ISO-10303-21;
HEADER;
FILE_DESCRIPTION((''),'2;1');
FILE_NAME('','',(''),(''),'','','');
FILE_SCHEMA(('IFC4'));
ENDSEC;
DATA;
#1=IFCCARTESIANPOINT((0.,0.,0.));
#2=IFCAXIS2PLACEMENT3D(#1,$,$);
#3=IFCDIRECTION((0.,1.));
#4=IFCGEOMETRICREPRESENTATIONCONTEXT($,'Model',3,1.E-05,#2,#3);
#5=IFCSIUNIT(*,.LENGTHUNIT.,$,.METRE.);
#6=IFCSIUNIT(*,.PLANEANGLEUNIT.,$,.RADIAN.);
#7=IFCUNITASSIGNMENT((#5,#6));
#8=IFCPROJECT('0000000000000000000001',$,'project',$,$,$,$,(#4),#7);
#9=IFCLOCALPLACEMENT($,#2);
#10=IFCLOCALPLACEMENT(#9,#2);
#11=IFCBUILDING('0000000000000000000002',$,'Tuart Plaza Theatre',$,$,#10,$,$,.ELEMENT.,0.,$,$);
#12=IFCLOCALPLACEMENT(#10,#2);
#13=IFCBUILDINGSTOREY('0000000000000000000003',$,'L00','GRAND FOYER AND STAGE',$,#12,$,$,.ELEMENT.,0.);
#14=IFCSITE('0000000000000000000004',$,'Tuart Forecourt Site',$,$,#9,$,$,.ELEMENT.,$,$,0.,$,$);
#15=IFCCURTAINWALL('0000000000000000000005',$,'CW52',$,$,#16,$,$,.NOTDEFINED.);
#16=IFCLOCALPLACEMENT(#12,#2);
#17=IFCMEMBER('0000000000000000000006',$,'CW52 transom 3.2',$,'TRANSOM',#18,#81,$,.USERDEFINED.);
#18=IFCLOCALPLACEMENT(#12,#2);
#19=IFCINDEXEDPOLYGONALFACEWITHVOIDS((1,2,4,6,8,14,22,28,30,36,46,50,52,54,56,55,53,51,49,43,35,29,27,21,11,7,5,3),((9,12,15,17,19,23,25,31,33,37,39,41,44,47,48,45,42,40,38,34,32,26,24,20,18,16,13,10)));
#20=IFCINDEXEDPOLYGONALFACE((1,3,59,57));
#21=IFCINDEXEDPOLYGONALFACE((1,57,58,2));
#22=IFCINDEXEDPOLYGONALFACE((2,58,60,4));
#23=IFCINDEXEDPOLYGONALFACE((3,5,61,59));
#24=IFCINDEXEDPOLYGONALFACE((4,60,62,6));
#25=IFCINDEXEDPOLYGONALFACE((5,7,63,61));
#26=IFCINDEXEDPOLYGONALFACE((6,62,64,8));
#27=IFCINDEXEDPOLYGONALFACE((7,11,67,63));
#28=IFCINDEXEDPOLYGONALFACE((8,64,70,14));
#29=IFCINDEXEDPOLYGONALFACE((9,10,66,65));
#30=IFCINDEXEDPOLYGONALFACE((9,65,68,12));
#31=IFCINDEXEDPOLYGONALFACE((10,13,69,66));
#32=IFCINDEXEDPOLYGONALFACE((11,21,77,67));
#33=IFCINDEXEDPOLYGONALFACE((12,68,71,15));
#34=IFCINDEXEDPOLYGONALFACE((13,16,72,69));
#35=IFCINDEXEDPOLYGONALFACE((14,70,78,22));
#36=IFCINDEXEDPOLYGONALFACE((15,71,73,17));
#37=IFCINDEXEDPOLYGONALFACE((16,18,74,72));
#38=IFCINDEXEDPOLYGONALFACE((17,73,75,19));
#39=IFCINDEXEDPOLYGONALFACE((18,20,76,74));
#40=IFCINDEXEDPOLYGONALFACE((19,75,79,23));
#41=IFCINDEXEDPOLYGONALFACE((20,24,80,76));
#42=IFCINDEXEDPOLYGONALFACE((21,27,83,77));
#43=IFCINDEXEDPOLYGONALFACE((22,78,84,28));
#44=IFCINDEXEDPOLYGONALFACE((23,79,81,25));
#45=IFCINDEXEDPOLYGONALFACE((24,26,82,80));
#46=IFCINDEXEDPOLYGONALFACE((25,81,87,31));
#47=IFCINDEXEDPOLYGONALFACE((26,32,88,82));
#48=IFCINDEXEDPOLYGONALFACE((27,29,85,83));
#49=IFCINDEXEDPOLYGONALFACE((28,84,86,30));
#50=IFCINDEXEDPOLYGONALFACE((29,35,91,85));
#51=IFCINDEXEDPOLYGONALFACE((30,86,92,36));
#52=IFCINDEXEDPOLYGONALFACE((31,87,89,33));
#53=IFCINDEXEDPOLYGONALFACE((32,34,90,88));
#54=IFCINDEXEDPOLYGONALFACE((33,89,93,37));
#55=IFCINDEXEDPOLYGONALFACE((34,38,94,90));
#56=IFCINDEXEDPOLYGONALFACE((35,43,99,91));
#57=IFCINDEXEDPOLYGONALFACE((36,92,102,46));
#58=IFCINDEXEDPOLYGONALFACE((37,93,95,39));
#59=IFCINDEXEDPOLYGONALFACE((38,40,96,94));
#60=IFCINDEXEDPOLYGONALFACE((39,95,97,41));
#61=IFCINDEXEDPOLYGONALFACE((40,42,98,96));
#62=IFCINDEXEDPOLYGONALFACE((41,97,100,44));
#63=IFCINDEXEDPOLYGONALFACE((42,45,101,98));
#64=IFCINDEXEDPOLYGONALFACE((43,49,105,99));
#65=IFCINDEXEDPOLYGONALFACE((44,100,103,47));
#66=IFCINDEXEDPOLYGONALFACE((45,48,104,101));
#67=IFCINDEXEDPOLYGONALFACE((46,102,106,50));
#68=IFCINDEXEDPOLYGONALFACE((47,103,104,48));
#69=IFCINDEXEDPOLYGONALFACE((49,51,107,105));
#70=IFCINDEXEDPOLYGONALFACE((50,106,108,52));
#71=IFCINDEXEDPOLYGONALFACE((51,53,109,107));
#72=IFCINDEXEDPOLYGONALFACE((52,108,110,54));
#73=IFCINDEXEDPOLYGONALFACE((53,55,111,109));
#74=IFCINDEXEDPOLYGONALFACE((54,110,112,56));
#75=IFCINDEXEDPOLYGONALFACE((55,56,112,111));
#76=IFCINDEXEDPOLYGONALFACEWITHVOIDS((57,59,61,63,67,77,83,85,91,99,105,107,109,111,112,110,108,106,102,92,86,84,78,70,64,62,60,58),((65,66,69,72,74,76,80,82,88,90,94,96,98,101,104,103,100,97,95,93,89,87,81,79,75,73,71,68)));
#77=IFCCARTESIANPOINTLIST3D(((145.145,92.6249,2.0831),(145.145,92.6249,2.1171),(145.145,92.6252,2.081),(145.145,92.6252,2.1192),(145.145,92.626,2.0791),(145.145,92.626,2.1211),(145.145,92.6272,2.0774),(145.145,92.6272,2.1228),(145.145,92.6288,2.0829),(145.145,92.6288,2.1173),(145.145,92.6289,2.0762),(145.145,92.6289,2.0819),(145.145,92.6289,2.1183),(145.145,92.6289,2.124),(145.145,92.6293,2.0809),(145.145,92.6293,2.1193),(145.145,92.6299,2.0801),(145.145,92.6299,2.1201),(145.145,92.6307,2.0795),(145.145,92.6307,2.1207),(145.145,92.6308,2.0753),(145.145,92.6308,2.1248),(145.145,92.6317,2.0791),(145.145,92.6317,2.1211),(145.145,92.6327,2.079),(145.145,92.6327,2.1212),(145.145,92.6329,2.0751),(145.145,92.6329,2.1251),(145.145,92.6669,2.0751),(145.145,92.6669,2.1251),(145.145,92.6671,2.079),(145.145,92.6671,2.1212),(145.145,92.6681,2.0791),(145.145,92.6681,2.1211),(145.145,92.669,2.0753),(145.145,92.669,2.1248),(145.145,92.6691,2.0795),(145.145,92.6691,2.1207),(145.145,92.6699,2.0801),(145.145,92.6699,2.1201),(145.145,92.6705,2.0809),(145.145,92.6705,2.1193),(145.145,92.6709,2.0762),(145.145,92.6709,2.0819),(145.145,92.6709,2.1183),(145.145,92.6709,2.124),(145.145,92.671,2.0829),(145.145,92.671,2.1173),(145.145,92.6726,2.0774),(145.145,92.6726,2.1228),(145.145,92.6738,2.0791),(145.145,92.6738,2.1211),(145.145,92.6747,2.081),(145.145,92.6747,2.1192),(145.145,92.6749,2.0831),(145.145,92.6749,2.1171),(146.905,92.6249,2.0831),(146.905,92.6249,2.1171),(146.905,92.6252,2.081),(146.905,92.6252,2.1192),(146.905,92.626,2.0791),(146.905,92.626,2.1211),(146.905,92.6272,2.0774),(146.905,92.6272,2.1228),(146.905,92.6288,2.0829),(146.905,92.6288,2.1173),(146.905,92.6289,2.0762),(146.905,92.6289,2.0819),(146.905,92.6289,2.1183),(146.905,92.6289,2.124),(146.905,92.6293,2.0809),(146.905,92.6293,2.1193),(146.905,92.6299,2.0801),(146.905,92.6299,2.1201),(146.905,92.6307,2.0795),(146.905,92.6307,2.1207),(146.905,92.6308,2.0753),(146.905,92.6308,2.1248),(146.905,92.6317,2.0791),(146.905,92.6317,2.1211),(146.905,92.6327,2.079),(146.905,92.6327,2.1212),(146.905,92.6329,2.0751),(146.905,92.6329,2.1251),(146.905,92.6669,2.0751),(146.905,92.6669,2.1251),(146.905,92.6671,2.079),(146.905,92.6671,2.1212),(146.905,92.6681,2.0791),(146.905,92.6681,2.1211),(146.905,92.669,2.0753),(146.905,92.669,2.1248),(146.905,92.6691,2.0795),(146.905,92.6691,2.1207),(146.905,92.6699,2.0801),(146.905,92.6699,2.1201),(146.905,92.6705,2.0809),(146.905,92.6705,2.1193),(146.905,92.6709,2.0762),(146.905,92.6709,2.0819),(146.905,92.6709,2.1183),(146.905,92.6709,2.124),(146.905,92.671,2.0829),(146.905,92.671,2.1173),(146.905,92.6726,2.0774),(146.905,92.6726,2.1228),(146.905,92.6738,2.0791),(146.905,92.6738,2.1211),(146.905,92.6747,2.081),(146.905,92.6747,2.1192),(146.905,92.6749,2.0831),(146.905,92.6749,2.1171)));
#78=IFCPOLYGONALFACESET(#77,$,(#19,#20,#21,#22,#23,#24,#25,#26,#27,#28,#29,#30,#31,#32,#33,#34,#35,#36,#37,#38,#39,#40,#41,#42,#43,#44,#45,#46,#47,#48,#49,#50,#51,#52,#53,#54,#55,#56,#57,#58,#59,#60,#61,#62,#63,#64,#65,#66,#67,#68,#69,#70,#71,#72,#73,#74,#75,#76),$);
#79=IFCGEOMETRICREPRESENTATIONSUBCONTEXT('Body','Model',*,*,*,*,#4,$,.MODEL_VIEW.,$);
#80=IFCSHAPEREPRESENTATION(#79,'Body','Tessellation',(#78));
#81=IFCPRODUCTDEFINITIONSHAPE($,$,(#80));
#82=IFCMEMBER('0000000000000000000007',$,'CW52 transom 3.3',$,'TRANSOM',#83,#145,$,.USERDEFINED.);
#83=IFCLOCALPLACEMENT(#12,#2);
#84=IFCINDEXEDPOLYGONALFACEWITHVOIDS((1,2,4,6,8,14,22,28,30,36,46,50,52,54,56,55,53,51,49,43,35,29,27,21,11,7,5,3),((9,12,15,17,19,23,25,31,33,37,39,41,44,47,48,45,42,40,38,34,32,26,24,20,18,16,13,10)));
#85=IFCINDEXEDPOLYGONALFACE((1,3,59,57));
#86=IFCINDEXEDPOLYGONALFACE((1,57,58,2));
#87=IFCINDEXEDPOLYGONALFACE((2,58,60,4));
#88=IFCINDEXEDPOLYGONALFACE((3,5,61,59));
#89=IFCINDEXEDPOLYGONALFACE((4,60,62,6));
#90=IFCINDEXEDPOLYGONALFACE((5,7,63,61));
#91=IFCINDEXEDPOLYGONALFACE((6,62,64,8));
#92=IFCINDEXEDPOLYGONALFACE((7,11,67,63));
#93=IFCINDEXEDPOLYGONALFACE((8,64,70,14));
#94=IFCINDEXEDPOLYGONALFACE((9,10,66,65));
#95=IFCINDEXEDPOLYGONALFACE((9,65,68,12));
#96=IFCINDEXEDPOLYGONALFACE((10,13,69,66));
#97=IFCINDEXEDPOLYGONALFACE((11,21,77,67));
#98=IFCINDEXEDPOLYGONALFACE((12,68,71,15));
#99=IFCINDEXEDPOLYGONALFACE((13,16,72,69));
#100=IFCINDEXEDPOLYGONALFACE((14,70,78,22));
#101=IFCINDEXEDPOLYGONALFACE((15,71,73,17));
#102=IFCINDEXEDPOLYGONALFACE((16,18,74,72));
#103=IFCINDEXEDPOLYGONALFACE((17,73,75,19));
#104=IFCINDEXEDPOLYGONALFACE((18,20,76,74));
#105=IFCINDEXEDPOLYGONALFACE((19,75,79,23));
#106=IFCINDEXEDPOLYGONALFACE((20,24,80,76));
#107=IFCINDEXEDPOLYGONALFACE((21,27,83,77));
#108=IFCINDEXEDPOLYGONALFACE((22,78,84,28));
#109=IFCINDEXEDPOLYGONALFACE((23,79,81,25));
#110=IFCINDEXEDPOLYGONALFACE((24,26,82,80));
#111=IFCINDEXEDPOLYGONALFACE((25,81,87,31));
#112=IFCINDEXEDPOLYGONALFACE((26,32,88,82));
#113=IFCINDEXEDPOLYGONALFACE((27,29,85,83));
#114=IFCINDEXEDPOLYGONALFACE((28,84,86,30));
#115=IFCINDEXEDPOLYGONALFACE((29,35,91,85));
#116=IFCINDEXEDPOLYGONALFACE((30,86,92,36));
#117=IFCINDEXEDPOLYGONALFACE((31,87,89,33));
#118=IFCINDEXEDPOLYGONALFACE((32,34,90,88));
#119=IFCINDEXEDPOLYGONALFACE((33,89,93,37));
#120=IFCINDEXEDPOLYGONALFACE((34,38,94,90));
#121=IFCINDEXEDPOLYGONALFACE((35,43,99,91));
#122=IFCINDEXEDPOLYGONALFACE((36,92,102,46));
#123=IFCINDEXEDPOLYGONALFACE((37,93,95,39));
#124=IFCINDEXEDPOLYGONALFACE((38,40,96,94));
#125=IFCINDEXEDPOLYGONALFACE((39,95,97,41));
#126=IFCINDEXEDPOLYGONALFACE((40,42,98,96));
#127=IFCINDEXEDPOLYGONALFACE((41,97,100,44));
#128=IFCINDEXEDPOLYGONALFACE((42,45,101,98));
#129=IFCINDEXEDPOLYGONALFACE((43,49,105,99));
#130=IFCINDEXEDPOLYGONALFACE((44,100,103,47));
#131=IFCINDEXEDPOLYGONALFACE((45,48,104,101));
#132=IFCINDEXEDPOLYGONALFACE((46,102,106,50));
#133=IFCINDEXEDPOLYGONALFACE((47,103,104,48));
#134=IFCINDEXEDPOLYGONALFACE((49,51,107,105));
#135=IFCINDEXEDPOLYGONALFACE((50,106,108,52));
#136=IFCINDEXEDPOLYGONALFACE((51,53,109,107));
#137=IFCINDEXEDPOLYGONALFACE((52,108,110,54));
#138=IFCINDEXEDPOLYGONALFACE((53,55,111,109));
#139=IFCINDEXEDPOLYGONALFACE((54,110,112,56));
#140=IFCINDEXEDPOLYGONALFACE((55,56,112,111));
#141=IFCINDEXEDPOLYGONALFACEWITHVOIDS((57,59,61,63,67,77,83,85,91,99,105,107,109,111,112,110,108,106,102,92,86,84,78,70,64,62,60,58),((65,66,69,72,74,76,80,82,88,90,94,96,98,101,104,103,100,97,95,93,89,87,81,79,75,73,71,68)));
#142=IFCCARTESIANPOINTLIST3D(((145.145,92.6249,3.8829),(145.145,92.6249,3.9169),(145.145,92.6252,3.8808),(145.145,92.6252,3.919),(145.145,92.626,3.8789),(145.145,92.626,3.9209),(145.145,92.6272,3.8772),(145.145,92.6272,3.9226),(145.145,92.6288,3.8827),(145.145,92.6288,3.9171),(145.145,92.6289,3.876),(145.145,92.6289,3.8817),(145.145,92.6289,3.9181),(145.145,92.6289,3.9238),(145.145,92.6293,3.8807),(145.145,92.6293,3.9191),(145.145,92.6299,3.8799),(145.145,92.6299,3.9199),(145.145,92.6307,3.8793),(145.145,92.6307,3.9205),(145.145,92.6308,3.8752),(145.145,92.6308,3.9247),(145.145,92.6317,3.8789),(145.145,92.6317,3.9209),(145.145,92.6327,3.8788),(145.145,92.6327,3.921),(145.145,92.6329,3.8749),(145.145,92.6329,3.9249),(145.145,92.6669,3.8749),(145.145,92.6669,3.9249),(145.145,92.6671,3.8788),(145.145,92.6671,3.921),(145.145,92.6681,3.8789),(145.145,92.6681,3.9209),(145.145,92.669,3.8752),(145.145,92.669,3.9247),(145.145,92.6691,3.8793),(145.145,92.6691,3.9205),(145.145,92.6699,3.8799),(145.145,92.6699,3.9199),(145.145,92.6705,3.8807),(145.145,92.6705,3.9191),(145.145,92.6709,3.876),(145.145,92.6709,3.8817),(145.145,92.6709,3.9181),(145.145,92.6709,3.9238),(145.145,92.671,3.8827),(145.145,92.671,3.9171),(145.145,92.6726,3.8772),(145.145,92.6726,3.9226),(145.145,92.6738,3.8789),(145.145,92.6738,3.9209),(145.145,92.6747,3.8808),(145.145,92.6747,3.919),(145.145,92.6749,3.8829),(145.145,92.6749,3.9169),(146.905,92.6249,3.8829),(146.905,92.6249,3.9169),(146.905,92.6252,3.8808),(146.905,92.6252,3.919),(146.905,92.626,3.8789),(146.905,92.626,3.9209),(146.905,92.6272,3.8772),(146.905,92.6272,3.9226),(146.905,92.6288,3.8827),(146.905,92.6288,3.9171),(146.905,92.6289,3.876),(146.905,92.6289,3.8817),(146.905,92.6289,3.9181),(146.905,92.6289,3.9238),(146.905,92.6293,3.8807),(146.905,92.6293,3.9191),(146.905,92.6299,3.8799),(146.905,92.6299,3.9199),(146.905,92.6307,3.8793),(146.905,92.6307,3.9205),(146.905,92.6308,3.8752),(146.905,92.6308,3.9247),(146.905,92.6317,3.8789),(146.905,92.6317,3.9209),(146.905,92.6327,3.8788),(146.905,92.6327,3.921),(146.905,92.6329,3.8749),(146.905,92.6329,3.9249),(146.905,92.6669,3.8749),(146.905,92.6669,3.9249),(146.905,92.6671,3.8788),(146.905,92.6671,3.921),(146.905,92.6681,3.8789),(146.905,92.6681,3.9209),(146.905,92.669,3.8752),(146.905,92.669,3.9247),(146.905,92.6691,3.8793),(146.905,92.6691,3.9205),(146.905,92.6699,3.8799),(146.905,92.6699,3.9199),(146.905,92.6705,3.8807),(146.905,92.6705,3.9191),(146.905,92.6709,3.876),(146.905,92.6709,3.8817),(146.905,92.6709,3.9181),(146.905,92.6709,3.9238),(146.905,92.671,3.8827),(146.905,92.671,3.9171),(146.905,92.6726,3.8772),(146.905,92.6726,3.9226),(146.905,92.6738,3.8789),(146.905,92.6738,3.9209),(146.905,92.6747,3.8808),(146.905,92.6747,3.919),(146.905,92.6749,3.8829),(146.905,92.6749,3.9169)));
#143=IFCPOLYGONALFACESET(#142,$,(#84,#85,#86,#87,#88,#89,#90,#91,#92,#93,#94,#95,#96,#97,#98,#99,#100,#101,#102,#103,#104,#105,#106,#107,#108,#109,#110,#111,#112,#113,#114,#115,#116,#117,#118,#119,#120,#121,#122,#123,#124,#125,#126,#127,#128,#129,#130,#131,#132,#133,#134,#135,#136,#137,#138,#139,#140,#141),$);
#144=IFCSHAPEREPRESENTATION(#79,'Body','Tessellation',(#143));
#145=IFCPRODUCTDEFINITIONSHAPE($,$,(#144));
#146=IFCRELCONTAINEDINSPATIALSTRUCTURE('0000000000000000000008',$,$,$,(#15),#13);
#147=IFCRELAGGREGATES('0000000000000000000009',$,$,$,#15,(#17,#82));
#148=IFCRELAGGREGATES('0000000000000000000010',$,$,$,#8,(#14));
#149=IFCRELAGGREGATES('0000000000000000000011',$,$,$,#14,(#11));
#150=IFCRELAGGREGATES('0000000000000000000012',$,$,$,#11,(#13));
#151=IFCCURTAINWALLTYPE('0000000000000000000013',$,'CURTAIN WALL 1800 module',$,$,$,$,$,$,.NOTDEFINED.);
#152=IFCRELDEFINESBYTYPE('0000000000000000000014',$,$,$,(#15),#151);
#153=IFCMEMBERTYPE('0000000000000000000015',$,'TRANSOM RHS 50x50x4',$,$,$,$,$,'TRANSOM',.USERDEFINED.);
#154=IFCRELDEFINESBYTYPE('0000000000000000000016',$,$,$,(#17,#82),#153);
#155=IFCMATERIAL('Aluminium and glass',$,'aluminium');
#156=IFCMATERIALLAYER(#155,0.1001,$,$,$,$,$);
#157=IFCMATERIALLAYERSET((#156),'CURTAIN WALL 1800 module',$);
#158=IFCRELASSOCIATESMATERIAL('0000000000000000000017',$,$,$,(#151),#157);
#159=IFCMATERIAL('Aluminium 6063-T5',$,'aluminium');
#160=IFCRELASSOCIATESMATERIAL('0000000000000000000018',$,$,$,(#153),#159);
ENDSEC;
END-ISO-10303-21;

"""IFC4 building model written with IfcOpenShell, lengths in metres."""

from ifc_helpers import new_model, si_unit, direction, frame, origin, origin_2d, place, context, subcontext, project, spatial, hollow_rectangle, extrude, material, layer, layer_set, material_profile, profile_set, type_object, element, aggregate, save


model = new_model("IFC4")

# Units and contexts
model_context = context("Model", 3, precision=1e-05, world=origin(), true_north=direction((0.0, 1.0)))
body_context = subcontext(model_context, "Body", "Model", "MODEL_VIEW")
ifc_project = project(units=[si_unit("LENGTHUNIT", "METRE"), si_unit("PLANEANGLEUNIT", "RADIAN")], contexts=[model_context])

# Site, building, storey
site_placement = place(None, origin())
site = spatial("IfcSite", under=ifc_project, at=site_placement, Name="Tuart Forecourt Site", CompositionType="ELEMENT", RefElevation=0.0)
building_placement = place(site_placement, origin())
building = spatial("IfcBuilding", under=site, at=building_placement, Name="Tuart Plaza Theatre", CompositionType="ELEMENT", ElevationOfRefHeight=0.0)
storey_placement = place(building_placement, origin())
storey = spatial("IfcBuildingStorey", under=building, at=storey_placement, Name="L00", Description="GRAND FOYER AND STAGE", CompositionType="ELEMENT", Elevation=0.0)

# Curtain wall, members
ifc_material_1 = material(Name="Aluminium and glass", Category="aluminium")
ifc_layer_1 = layer(ifc_material_1, 0.1001)
ifc_layer_set_1 = layer_set([ifc_layer_1], Name="CURTAIN WALL 1800 module")
curtain_wall_type = type_object("IfcCurtainWallType", Name="CURTAIN WALL 1800 module", PredefinedType="NOTDEFINED", material=ifc_layer_set_1)
curtain_wall_placement = place(storey_placement, origin())
curtain_wall = element("IfcCurtainWall", 1, at=curtain_wall_placement, inside=storey, type_object=curtain_wall_type, Name="CW52", PredefinedType="NOTDEFINED")
ifc_material_2 = material(Name="Aluminium 6063-T5", Category="aluminium")
ifc_material_profile_1 = material_profile(ifc_material_2, hollow_rectangle(XDim=0.05, YDim=0.05, WallThickness=0.0039, InnerFilletRadius=0.0039, OuterFilletRadius=0.0081, at=origin_2d()), Name="RHS 50x50x4")
ifc_profile_set_1 = profile_set([ifc_material_profile_1], Name="Aluminium 6063-T5")
member_type_1 = type_object("IfcMemberType", Name="TRANSOM RHS 50x50x4", ElementType="TRANSOM", PredefinedType="USERDEFINED", material=ifc_profile_set_1)
member_1_placement = place(storey_placement, frame((146.905, 92.6499, 2.1001), z_axis=(-1.0, 0.0, 0.0), x_axis=(0.0, -1.0, 0.0)))
member_1 = element("IfcMember", 2, at=member_1_placement, type_object=member_type_1, Name="CW52 transom 3.2", ObjectType="TRANSOM", PredefinedType="USERDEFINED", context=body_context, shape_type="SweptSolid", body=[
    extrude(hollow_rectangle(XDim=0.05, YDim=0.05, WallThickness=0.0039, InnerFilletRadius=0.0039, OuterFilletRadius=0.0081, at=origin_2d()), origin(), (0.0, 0.0, 1.0), 1.76),
])
member_2_placement = place(storey_placement, frame((146.905, 92.6499, 3.8999), z_axis=(-1.0, 0.0, 0.0), x_axis=(0.0, -1.0, 0.0)))
member_2 = element("IfcMember", 3, at=member_2_placement, type_object=member_type_1, Name="CW52 transom 3.3", ObjectType="TRANSOM", PredefinedType="USERDEFINED", context=body_context, shape_type="SweptSolid", body=[
    extrude(hollow_rectangle(XDim=0.05, YDim=0.05, WallThickness=0.0039, InnerFilletRadius=0.0039, OuterFilletRadius=0.0081, at=origin_2d()), origin(), (0.0, 0.0, 1.0), 1.76),
])
aggregate(curtain_wall, [member_1, member_2])

save(model, "model.ifc")
